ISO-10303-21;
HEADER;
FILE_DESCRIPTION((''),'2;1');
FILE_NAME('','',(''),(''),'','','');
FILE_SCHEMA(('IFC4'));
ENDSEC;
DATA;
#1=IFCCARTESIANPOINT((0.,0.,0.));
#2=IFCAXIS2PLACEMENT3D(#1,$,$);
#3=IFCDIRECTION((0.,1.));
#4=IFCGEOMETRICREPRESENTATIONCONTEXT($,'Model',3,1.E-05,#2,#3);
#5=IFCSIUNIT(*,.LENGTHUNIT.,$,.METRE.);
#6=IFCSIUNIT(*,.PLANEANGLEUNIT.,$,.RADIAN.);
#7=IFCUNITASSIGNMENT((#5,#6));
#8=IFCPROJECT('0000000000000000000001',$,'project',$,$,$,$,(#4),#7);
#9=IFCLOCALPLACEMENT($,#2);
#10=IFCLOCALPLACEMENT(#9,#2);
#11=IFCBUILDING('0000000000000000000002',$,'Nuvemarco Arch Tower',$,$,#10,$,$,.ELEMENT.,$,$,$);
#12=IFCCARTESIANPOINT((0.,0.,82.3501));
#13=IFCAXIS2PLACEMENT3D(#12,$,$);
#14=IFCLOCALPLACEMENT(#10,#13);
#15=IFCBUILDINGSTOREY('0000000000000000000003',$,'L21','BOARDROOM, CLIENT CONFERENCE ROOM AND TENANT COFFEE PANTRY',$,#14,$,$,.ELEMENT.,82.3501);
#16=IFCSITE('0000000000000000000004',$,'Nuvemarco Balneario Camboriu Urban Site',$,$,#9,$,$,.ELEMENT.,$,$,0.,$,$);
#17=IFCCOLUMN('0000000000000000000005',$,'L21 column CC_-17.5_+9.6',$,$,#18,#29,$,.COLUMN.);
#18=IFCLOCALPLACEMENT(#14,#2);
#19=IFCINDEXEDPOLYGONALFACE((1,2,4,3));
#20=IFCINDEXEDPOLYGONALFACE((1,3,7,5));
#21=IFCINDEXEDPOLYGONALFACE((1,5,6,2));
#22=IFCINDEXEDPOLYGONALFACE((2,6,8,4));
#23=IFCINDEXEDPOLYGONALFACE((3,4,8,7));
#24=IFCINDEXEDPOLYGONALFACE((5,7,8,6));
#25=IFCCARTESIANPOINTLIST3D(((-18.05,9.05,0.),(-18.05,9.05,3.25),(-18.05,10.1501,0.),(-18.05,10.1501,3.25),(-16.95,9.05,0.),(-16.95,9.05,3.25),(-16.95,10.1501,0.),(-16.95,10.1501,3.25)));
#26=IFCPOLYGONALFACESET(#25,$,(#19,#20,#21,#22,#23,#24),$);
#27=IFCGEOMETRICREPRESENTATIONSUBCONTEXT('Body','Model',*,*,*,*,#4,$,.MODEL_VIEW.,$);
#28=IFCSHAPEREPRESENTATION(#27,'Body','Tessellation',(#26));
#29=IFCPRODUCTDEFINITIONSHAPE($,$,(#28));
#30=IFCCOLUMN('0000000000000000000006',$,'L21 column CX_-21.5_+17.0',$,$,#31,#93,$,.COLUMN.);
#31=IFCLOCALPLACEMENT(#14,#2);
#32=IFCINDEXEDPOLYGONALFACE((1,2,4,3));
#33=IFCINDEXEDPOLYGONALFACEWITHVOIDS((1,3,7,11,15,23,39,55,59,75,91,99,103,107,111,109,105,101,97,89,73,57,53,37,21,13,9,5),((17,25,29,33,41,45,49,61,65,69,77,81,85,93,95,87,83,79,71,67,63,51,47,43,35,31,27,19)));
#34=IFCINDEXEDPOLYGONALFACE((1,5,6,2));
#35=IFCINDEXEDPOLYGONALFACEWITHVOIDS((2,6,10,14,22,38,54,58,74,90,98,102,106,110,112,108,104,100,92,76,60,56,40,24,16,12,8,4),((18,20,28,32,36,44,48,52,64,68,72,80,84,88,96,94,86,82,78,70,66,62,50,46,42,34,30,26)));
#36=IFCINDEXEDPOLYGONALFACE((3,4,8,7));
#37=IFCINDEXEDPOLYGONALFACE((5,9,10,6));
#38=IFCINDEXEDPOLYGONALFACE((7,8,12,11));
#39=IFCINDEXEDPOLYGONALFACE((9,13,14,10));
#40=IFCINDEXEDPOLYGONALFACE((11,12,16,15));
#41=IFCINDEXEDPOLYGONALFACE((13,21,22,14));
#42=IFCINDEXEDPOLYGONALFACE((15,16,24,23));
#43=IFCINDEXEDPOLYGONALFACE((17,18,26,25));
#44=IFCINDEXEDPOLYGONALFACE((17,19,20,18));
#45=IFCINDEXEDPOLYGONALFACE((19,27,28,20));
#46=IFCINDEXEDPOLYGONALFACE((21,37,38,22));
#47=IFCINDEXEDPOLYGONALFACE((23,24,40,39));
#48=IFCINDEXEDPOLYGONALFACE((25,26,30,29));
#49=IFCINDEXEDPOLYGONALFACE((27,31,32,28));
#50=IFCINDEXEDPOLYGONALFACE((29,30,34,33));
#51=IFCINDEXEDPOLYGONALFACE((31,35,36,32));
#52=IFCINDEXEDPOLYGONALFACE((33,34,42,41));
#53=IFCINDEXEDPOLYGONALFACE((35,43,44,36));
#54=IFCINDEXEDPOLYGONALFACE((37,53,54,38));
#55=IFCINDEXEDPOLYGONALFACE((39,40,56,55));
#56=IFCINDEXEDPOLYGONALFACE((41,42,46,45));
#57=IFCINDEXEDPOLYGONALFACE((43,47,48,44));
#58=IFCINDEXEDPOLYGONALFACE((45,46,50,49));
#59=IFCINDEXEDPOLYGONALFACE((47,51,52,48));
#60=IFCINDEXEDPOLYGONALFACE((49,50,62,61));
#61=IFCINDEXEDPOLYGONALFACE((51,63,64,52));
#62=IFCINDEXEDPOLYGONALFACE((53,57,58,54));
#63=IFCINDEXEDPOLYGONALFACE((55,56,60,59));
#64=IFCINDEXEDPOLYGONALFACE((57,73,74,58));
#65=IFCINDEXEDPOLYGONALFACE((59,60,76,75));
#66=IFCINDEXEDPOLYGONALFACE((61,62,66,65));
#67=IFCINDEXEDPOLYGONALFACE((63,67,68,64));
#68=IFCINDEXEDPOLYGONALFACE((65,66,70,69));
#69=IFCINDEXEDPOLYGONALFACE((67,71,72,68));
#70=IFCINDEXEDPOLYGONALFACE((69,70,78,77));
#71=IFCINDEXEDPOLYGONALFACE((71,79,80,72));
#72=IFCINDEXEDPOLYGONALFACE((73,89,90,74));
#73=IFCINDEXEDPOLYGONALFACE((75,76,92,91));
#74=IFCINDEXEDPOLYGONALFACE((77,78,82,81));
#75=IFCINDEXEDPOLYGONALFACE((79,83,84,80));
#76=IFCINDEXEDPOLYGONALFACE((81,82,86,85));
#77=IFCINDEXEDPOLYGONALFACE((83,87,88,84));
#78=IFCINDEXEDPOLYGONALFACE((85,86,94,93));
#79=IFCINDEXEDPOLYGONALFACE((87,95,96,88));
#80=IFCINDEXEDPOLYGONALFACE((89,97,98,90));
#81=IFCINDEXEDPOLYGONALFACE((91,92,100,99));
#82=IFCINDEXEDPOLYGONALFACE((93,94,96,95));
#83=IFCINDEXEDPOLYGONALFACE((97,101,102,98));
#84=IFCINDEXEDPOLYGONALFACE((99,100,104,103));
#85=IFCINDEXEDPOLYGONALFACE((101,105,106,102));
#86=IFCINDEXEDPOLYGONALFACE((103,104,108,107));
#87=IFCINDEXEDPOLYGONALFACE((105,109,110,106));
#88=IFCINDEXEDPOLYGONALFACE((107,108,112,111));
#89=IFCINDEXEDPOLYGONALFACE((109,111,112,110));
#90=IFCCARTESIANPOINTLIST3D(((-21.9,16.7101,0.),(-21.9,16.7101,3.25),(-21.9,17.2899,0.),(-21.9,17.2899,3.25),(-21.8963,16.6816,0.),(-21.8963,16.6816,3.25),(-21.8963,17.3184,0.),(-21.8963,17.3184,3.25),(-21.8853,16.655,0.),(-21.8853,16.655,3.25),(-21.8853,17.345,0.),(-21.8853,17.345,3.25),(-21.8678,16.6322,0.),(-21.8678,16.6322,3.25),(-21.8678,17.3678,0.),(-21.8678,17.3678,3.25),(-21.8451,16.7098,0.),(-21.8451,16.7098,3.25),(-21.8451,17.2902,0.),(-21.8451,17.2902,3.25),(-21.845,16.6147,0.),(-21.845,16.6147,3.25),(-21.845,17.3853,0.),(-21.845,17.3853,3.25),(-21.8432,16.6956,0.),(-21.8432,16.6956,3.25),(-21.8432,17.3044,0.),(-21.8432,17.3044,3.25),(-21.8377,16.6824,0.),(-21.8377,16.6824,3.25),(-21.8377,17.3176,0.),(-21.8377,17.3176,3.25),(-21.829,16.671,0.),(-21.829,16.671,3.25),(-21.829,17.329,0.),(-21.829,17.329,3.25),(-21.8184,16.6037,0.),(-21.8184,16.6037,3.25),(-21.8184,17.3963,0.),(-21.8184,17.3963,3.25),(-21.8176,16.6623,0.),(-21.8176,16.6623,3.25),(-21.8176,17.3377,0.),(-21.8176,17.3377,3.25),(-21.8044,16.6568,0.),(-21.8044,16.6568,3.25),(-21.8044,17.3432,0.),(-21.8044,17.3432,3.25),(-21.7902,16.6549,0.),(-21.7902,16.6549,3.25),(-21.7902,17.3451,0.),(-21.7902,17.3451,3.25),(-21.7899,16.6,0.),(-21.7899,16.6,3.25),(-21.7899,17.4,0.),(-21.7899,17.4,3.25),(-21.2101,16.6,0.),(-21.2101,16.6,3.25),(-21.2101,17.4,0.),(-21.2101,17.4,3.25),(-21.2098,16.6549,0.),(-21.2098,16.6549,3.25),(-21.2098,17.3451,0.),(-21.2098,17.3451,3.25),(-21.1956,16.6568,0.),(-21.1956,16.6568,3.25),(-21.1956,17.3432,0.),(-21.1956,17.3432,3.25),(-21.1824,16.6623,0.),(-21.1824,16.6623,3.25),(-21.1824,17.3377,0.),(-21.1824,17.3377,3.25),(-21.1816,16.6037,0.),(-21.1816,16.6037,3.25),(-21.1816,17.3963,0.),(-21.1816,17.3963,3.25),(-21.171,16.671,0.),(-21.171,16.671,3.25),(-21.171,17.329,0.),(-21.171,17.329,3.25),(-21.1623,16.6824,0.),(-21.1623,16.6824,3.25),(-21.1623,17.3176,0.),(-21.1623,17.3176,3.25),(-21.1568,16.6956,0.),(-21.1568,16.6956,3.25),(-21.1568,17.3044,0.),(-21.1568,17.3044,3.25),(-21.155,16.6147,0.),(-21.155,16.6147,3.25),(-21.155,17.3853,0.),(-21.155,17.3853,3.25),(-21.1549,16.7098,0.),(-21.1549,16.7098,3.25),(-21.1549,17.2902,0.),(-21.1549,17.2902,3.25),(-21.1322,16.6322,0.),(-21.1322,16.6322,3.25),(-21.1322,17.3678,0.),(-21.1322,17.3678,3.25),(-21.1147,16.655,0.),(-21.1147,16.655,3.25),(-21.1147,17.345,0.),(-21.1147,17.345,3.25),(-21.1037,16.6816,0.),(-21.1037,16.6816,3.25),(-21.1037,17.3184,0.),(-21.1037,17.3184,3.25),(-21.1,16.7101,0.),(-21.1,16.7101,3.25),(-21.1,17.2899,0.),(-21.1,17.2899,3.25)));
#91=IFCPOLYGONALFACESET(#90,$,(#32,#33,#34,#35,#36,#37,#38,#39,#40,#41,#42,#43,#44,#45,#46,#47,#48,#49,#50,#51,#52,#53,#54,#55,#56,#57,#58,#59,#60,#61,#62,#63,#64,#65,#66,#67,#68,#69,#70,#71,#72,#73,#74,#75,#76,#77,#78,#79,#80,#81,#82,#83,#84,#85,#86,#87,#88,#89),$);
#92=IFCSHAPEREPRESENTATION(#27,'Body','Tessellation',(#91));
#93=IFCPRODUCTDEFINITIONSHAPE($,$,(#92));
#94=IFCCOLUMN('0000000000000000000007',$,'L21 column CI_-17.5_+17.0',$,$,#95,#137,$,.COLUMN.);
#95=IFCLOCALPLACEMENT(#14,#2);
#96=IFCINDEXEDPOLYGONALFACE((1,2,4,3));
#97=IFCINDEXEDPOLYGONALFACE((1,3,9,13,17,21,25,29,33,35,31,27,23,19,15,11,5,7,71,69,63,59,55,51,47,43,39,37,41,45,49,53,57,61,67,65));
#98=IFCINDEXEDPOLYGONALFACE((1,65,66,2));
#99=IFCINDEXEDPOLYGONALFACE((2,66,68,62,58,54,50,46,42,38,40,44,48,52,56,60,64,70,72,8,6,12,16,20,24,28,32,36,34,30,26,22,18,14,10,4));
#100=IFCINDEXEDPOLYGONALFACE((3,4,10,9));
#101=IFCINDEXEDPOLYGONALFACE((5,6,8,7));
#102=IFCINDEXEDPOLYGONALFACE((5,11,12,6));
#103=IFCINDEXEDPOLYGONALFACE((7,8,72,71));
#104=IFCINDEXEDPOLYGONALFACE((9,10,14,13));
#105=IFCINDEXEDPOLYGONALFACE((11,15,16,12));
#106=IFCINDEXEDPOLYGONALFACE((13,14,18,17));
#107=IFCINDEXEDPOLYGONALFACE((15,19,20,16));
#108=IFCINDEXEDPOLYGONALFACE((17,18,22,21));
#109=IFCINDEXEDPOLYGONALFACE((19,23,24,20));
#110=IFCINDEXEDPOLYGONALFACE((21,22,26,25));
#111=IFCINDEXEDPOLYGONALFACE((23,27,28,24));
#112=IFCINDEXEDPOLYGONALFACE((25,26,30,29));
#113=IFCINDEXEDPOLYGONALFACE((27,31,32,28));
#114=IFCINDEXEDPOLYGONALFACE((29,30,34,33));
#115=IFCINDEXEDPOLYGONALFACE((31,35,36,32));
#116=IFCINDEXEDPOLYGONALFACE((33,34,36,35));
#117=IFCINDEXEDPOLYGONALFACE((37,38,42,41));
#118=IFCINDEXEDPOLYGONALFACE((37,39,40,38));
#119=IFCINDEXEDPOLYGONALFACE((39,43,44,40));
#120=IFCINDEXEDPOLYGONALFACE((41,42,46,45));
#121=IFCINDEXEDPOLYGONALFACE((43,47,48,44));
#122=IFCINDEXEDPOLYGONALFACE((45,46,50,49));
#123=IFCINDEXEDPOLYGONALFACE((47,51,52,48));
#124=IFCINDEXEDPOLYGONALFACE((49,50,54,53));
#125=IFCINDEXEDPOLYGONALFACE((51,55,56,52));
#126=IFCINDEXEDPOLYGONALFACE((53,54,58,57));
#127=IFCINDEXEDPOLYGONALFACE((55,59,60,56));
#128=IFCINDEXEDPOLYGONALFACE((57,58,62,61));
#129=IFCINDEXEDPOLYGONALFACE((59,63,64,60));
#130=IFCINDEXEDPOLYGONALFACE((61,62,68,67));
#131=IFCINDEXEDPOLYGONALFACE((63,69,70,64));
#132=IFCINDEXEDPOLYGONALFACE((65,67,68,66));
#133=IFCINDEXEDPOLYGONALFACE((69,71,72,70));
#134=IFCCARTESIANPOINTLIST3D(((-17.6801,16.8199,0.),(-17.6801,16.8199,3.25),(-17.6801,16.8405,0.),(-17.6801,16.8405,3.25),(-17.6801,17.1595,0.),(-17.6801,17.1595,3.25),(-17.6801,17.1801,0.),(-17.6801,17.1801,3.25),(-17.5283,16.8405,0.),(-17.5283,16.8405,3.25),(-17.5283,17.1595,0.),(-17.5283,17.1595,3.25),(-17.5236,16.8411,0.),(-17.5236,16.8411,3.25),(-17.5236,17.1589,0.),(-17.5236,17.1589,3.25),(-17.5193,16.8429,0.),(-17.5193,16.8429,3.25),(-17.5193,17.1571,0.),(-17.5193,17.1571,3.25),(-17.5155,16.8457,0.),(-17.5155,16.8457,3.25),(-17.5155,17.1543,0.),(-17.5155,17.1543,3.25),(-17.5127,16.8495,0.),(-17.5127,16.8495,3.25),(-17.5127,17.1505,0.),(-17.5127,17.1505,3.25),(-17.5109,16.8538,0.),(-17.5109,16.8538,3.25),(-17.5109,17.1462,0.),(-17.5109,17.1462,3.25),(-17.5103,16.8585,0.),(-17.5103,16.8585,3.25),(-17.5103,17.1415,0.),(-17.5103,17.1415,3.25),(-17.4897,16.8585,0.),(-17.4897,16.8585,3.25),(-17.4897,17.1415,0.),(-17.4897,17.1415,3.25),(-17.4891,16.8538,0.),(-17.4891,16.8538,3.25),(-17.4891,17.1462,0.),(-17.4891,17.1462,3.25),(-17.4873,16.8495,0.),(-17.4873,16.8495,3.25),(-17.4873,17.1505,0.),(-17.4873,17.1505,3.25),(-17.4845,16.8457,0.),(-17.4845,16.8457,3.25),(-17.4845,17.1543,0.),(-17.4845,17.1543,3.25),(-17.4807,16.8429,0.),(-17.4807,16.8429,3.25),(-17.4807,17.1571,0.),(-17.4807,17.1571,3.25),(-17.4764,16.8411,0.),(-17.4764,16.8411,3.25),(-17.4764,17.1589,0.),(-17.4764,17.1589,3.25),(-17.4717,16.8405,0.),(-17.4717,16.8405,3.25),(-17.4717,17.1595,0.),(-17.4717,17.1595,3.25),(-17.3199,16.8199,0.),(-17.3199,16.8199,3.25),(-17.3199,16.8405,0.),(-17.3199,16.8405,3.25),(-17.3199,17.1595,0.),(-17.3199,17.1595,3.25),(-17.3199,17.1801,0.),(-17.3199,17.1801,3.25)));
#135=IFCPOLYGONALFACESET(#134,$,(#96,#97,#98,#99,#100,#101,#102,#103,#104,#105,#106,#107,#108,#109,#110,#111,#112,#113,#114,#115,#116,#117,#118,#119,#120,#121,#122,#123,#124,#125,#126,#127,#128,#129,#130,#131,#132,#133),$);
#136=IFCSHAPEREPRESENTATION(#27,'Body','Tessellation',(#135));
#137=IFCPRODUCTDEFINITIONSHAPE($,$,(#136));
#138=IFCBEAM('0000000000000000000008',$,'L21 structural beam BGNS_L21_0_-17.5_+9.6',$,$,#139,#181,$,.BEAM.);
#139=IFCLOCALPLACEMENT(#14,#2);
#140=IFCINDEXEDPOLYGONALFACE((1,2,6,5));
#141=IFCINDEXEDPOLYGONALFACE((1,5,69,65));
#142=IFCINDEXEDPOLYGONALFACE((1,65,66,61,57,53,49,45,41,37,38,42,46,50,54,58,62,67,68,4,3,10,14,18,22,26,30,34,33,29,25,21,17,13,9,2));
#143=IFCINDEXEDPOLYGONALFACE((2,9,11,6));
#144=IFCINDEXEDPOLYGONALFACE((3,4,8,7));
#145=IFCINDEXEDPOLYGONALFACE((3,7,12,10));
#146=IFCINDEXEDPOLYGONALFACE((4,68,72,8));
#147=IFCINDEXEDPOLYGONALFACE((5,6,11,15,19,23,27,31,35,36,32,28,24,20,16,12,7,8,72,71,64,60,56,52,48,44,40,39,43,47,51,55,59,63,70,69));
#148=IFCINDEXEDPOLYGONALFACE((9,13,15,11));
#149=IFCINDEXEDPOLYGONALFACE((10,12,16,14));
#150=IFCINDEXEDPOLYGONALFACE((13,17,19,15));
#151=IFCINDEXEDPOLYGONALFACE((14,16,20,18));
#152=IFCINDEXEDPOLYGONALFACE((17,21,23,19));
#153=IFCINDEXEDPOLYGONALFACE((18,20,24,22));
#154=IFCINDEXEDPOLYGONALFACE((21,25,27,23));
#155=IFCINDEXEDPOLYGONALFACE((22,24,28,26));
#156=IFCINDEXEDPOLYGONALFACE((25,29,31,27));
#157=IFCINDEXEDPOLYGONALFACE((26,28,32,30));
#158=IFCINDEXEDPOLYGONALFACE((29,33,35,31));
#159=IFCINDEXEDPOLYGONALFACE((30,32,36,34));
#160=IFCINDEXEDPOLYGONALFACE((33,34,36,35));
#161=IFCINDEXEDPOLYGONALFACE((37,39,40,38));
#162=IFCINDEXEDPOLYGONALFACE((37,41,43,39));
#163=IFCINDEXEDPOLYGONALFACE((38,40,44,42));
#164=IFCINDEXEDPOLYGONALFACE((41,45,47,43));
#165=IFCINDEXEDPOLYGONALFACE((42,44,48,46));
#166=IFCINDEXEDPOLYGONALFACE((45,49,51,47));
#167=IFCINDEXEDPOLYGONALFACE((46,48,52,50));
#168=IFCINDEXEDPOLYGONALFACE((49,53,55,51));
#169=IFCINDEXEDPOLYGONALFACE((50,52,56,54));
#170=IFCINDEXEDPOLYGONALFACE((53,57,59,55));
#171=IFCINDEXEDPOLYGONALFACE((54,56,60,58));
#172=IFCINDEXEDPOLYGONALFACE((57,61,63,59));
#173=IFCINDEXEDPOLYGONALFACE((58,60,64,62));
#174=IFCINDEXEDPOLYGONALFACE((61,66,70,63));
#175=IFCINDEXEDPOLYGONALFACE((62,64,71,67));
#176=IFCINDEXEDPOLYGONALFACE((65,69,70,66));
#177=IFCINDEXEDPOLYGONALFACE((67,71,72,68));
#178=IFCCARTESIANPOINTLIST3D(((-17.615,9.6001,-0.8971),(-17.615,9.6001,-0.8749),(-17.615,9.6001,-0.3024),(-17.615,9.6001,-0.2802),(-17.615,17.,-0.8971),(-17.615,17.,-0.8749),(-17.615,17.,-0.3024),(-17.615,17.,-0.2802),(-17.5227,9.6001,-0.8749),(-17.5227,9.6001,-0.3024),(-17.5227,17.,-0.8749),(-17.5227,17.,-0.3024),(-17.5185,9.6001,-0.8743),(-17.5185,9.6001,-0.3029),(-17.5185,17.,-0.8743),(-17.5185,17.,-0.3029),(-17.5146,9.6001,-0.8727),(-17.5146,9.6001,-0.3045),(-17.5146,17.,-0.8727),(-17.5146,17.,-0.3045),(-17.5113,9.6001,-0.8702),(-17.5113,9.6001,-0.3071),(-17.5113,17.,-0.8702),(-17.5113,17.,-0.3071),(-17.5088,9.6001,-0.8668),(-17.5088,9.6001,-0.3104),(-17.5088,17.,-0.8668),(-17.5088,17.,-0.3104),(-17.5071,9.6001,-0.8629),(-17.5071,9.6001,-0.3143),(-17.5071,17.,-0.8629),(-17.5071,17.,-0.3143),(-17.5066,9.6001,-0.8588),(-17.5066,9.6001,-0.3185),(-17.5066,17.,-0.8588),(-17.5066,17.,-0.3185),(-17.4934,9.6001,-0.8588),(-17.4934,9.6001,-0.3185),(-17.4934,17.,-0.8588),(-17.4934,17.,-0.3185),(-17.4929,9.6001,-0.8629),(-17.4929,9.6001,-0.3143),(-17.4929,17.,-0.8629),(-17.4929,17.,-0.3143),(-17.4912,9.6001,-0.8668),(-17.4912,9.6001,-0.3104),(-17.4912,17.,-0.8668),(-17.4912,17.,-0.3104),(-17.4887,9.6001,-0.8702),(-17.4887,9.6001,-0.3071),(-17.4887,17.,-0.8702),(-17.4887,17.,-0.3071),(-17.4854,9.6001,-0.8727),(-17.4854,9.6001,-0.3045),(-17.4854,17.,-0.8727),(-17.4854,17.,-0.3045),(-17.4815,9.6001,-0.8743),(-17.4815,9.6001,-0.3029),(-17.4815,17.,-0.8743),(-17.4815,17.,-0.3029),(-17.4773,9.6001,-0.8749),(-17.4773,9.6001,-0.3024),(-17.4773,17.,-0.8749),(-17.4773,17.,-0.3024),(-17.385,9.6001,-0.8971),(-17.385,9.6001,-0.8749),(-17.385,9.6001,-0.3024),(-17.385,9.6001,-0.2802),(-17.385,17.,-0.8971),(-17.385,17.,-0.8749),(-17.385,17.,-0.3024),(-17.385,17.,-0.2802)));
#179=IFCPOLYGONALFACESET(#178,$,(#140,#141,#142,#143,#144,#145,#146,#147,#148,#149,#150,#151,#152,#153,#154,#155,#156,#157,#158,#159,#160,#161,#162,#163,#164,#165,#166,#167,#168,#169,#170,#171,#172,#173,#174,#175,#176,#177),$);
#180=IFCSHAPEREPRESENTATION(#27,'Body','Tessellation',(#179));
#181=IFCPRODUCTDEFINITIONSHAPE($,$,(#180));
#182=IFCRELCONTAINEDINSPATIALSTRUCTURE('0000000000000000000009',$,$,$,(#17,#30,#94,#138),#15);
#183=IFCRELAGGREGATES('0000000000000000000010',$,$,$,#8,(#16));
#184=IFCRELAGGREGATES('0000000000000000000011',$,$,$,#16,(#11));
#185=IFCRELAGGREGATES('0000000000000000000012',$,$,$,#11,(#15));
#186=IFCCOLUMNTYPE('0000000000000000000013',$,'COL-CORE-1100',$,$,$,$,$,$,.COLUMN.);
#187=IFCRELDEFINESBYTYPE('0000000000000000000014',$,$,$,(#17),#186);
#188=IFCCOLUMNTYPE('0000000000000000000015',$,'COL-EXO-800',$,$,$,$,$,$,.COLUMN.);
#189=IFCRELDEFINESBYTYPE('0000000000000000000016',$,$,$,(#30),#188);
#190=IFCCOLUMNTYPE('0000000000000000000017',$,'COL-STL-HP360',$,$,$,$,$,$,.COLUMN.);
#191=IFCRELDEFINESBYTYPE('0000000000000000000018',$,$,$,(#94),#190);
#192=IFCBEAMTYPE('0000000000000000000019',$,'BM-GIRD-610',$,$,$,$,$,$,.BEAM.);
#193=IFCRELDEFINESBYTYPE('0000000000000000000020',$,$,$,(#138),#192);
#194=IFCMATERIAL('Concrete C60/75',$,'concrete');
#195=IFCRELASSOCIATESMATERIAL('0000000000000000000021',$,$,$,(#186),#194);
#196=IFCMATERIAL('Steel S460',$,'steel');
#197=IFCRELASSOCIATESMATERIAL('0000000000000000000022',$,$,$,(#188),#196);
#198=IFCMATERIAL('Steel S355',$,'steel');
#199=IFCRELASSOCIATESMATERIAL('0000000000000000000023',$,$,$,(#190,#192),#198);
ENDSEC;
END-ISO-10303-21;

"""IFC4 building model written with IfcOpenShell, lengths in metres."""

from ifc_helpers import new_model, si_unit, direction, frame, origin, origin_2d, place, context, subcontext, project, spatial, rectangle, hollow_rectangle, i_section, extrude, material, material_profile, profile_set, type_object, element, save


model = new_model("IFC4")

# Units and contexts
model_context = context("Model", 3, precision=1e-05, world=origin(), true_north=direction((0.0, 1.0)))
body_context = subcontext(model_context, "Body", "Model", "MODEL_VIEW")
ifc_project = project(units=[si_unit("LENGTHUNIT", "METRE"), si_unit("PLANEANGLEUNIT", "RADIAN")], contexts=[model_context])

# Site, building, storey
site_placement = place(None, origin())
site = spatial("IfcSite", under=ifc_project, at=site_placement, Name="Nuvemarco Balneario Camboriu Urban Site", CompositionType="ELEMENT", RefElevation=0.0)
building_placement = place(site_placement, origin())
building = spatial("IfcBuilding", under=site, at=building_placement, Name="Nuvemarco Arch Tower", CompositionType="ELEMENT")
storey_placement = place(building_placement, frame((0.0, 0.0, 82.3501)))
storey = spatial("IfcBuildingStorey", under=building, at=storey_placement, Name="L21", Description="BOARDROOM, CLIENT CONFERENCE ROOM AND TENANT COFFEE PANTRY", CompositionType="ELEMENT", Elevation=82.3501)

# Columns
ifc_material_1 = material(Name="Concrete C60/75", Category="concrete")
ifc_material_profile_1 = material_profile(ifc_material_1, rectangle(XDim=1.1001, YDim=1.1001, at=origin_2d()), Name="RC-COL-1100x1100")
ifc_profile_set_1 = profile_set([ifc_material_profile_1], Name="Concrete C60/75")
column_type_1 = type_object("IfcColumnType", Name="COL-CORE-1100", PredefinedType="COLUMN", material=ifc_profile_set_1)
column_1_placement = place(storey_placement, frame((-17.5, 9.6001, 0.0), z_axis=(0.0, 0.0, 1.0), x_axis=(1.0, 0.0, 0.0)))
element("IfcColumn", 1, at=column_1_placement, inside=storey, type_object=column_type_1, Name="L21 column CC_-17.5_+9.6", PredefinedType="COLUMN", context=body_context, shape_type="SweptSolid", body=[
    extrude(rectangle(XDim=1.1001, YDim=1.1001, at=origin_2d()), origin(), (0.0, 0.0, 1.0), 3.25),
])
ifc_material_2 = material(Name="Steel S460", Category="steel")
ifc_material_profile_2 = material_profile(ifc_material_2, hollow_rectangle(XDim=0.8, YDim=0.8, WallThickness=0.0549, InnerFilletRadius=0.0549, OuterFilletRadius=0.1101, at=origin_2d()), Name="SHS800x800x55")
ifc_profile_set_2 = profile_set([ifc_material_profile_2], Name="Steel S460")
column_type_2 = type_object("IfcColumnType", Name="COL-EXO-800", PredefinedType="COLUMN", material=ifc_profile_set_2)
column_2_placement = place(storey_placement, frame((-21.5, 17.0, 0.0), z_axis=(0.0, 0.0, 1.0), x_axis=(1.0, 0.0, 0.0)))
element("IfcColumn", 2, at=column_2_placement, inside=storey, type_object=column_type_2, Name="L21 column CX_-21.5_+17.0", PredefinedType="COLUMN", context=body_context, shape_type="SweptSolid", body=[
    extrude(hollow_rectangle(XDim=0.8, YDim=0.8, WallThickness=0.0549, InnerFilletRadius=0.0549, OuterFilletRadius=0.1101, at=origin_2d()), origin(), (0.0, 0.0, 1.0), 3.25),
])
ifc_material_3 = material(Name="Steel S355", Category="steel")
ifc_material_profile_3 = material_profile(ifc_material_3, i_section(OverallWidth=0.3601, OverallDepth=0.3601, WebThickness=0.0205, FlangeThickness=0.0205, FilletRadius=0.0181, at=origin_2d()), Name="HP360x174")
ifc_profile_set_3 = profile_set([ifc_material_profile_3], Name="Steel S355")
column_type_3 = type_object("IfcColumnType", Name="COL-STL-HP360", PredefinedType="COLUMN", material=ifc_profile_set_3)
column_3_placement = place(storey_placement, frame((-17.5, 17.0, 0.0), z_axis=(0.0, 0.0, 1.0), x_axis=(1.0, 0.0, 0.0)))
element("IfcColumn", 3, at=column_3_placement, inside=storey, type_object=column_type_3, Name="L21 column CI_-17.5_+17.0", PredefinedType="COLUMN", context=body_context, shape_type="SweptSolid", body=[
    extrude(i_section(OverallWidth=0.3601, OverallDepth=0.3601, WebThickness=0.0205, FlangeThickness=0.0205, FilletRadius=0.0181, at=origin_2d()), origin(), (0.0, 0.0, 1.0), 3.25),
])

# Beam
ifc_material_profile_4 = material_profile(ifc_material_3, i_section(OverallWidth=0.23, OverallDepth=0.6169, WebThickness=0.0132, FlangeThickness=0.0222, FilletRadius=0.0161, at=origin_2d()), Name="W610x140")
ifc_profile_set_4 = profile_set([ifc_material_profile_4], Name="Steel S355")
beam_type_1 = type_object("IfcBeamType", Name="BM-GIRD-610", PredefinedType="BEAM", material=ifc_profile_set_4)
beam_1_placement = place(storey_placement, frame((-17.5, 9.6001, -0.5886), z_axis=(0.0, 1.0, 0.0), x_axis=(-1.0, 0.0, 0.0)))
element("IfcBeam", 4, at=beam_1_placement, inside=storey, type_object=beam_type_1, Name="L21 structural beam BGNS_L21_0_-17.5_+9.6", PredefinedType="BEAM", context=body_context, shape_type="SweptSolid", body=[
    extrude(i_section(OverallWidth=0.23, OverallDepth=0.6169, WebThickness=0.0132, FlangeThickness=0.0222, FilletRadius=0.0161, at=origin_2d()), origin(), (0.0, 0.0, 1.0), 7.3999),
])

save(model, "model.ifc")
